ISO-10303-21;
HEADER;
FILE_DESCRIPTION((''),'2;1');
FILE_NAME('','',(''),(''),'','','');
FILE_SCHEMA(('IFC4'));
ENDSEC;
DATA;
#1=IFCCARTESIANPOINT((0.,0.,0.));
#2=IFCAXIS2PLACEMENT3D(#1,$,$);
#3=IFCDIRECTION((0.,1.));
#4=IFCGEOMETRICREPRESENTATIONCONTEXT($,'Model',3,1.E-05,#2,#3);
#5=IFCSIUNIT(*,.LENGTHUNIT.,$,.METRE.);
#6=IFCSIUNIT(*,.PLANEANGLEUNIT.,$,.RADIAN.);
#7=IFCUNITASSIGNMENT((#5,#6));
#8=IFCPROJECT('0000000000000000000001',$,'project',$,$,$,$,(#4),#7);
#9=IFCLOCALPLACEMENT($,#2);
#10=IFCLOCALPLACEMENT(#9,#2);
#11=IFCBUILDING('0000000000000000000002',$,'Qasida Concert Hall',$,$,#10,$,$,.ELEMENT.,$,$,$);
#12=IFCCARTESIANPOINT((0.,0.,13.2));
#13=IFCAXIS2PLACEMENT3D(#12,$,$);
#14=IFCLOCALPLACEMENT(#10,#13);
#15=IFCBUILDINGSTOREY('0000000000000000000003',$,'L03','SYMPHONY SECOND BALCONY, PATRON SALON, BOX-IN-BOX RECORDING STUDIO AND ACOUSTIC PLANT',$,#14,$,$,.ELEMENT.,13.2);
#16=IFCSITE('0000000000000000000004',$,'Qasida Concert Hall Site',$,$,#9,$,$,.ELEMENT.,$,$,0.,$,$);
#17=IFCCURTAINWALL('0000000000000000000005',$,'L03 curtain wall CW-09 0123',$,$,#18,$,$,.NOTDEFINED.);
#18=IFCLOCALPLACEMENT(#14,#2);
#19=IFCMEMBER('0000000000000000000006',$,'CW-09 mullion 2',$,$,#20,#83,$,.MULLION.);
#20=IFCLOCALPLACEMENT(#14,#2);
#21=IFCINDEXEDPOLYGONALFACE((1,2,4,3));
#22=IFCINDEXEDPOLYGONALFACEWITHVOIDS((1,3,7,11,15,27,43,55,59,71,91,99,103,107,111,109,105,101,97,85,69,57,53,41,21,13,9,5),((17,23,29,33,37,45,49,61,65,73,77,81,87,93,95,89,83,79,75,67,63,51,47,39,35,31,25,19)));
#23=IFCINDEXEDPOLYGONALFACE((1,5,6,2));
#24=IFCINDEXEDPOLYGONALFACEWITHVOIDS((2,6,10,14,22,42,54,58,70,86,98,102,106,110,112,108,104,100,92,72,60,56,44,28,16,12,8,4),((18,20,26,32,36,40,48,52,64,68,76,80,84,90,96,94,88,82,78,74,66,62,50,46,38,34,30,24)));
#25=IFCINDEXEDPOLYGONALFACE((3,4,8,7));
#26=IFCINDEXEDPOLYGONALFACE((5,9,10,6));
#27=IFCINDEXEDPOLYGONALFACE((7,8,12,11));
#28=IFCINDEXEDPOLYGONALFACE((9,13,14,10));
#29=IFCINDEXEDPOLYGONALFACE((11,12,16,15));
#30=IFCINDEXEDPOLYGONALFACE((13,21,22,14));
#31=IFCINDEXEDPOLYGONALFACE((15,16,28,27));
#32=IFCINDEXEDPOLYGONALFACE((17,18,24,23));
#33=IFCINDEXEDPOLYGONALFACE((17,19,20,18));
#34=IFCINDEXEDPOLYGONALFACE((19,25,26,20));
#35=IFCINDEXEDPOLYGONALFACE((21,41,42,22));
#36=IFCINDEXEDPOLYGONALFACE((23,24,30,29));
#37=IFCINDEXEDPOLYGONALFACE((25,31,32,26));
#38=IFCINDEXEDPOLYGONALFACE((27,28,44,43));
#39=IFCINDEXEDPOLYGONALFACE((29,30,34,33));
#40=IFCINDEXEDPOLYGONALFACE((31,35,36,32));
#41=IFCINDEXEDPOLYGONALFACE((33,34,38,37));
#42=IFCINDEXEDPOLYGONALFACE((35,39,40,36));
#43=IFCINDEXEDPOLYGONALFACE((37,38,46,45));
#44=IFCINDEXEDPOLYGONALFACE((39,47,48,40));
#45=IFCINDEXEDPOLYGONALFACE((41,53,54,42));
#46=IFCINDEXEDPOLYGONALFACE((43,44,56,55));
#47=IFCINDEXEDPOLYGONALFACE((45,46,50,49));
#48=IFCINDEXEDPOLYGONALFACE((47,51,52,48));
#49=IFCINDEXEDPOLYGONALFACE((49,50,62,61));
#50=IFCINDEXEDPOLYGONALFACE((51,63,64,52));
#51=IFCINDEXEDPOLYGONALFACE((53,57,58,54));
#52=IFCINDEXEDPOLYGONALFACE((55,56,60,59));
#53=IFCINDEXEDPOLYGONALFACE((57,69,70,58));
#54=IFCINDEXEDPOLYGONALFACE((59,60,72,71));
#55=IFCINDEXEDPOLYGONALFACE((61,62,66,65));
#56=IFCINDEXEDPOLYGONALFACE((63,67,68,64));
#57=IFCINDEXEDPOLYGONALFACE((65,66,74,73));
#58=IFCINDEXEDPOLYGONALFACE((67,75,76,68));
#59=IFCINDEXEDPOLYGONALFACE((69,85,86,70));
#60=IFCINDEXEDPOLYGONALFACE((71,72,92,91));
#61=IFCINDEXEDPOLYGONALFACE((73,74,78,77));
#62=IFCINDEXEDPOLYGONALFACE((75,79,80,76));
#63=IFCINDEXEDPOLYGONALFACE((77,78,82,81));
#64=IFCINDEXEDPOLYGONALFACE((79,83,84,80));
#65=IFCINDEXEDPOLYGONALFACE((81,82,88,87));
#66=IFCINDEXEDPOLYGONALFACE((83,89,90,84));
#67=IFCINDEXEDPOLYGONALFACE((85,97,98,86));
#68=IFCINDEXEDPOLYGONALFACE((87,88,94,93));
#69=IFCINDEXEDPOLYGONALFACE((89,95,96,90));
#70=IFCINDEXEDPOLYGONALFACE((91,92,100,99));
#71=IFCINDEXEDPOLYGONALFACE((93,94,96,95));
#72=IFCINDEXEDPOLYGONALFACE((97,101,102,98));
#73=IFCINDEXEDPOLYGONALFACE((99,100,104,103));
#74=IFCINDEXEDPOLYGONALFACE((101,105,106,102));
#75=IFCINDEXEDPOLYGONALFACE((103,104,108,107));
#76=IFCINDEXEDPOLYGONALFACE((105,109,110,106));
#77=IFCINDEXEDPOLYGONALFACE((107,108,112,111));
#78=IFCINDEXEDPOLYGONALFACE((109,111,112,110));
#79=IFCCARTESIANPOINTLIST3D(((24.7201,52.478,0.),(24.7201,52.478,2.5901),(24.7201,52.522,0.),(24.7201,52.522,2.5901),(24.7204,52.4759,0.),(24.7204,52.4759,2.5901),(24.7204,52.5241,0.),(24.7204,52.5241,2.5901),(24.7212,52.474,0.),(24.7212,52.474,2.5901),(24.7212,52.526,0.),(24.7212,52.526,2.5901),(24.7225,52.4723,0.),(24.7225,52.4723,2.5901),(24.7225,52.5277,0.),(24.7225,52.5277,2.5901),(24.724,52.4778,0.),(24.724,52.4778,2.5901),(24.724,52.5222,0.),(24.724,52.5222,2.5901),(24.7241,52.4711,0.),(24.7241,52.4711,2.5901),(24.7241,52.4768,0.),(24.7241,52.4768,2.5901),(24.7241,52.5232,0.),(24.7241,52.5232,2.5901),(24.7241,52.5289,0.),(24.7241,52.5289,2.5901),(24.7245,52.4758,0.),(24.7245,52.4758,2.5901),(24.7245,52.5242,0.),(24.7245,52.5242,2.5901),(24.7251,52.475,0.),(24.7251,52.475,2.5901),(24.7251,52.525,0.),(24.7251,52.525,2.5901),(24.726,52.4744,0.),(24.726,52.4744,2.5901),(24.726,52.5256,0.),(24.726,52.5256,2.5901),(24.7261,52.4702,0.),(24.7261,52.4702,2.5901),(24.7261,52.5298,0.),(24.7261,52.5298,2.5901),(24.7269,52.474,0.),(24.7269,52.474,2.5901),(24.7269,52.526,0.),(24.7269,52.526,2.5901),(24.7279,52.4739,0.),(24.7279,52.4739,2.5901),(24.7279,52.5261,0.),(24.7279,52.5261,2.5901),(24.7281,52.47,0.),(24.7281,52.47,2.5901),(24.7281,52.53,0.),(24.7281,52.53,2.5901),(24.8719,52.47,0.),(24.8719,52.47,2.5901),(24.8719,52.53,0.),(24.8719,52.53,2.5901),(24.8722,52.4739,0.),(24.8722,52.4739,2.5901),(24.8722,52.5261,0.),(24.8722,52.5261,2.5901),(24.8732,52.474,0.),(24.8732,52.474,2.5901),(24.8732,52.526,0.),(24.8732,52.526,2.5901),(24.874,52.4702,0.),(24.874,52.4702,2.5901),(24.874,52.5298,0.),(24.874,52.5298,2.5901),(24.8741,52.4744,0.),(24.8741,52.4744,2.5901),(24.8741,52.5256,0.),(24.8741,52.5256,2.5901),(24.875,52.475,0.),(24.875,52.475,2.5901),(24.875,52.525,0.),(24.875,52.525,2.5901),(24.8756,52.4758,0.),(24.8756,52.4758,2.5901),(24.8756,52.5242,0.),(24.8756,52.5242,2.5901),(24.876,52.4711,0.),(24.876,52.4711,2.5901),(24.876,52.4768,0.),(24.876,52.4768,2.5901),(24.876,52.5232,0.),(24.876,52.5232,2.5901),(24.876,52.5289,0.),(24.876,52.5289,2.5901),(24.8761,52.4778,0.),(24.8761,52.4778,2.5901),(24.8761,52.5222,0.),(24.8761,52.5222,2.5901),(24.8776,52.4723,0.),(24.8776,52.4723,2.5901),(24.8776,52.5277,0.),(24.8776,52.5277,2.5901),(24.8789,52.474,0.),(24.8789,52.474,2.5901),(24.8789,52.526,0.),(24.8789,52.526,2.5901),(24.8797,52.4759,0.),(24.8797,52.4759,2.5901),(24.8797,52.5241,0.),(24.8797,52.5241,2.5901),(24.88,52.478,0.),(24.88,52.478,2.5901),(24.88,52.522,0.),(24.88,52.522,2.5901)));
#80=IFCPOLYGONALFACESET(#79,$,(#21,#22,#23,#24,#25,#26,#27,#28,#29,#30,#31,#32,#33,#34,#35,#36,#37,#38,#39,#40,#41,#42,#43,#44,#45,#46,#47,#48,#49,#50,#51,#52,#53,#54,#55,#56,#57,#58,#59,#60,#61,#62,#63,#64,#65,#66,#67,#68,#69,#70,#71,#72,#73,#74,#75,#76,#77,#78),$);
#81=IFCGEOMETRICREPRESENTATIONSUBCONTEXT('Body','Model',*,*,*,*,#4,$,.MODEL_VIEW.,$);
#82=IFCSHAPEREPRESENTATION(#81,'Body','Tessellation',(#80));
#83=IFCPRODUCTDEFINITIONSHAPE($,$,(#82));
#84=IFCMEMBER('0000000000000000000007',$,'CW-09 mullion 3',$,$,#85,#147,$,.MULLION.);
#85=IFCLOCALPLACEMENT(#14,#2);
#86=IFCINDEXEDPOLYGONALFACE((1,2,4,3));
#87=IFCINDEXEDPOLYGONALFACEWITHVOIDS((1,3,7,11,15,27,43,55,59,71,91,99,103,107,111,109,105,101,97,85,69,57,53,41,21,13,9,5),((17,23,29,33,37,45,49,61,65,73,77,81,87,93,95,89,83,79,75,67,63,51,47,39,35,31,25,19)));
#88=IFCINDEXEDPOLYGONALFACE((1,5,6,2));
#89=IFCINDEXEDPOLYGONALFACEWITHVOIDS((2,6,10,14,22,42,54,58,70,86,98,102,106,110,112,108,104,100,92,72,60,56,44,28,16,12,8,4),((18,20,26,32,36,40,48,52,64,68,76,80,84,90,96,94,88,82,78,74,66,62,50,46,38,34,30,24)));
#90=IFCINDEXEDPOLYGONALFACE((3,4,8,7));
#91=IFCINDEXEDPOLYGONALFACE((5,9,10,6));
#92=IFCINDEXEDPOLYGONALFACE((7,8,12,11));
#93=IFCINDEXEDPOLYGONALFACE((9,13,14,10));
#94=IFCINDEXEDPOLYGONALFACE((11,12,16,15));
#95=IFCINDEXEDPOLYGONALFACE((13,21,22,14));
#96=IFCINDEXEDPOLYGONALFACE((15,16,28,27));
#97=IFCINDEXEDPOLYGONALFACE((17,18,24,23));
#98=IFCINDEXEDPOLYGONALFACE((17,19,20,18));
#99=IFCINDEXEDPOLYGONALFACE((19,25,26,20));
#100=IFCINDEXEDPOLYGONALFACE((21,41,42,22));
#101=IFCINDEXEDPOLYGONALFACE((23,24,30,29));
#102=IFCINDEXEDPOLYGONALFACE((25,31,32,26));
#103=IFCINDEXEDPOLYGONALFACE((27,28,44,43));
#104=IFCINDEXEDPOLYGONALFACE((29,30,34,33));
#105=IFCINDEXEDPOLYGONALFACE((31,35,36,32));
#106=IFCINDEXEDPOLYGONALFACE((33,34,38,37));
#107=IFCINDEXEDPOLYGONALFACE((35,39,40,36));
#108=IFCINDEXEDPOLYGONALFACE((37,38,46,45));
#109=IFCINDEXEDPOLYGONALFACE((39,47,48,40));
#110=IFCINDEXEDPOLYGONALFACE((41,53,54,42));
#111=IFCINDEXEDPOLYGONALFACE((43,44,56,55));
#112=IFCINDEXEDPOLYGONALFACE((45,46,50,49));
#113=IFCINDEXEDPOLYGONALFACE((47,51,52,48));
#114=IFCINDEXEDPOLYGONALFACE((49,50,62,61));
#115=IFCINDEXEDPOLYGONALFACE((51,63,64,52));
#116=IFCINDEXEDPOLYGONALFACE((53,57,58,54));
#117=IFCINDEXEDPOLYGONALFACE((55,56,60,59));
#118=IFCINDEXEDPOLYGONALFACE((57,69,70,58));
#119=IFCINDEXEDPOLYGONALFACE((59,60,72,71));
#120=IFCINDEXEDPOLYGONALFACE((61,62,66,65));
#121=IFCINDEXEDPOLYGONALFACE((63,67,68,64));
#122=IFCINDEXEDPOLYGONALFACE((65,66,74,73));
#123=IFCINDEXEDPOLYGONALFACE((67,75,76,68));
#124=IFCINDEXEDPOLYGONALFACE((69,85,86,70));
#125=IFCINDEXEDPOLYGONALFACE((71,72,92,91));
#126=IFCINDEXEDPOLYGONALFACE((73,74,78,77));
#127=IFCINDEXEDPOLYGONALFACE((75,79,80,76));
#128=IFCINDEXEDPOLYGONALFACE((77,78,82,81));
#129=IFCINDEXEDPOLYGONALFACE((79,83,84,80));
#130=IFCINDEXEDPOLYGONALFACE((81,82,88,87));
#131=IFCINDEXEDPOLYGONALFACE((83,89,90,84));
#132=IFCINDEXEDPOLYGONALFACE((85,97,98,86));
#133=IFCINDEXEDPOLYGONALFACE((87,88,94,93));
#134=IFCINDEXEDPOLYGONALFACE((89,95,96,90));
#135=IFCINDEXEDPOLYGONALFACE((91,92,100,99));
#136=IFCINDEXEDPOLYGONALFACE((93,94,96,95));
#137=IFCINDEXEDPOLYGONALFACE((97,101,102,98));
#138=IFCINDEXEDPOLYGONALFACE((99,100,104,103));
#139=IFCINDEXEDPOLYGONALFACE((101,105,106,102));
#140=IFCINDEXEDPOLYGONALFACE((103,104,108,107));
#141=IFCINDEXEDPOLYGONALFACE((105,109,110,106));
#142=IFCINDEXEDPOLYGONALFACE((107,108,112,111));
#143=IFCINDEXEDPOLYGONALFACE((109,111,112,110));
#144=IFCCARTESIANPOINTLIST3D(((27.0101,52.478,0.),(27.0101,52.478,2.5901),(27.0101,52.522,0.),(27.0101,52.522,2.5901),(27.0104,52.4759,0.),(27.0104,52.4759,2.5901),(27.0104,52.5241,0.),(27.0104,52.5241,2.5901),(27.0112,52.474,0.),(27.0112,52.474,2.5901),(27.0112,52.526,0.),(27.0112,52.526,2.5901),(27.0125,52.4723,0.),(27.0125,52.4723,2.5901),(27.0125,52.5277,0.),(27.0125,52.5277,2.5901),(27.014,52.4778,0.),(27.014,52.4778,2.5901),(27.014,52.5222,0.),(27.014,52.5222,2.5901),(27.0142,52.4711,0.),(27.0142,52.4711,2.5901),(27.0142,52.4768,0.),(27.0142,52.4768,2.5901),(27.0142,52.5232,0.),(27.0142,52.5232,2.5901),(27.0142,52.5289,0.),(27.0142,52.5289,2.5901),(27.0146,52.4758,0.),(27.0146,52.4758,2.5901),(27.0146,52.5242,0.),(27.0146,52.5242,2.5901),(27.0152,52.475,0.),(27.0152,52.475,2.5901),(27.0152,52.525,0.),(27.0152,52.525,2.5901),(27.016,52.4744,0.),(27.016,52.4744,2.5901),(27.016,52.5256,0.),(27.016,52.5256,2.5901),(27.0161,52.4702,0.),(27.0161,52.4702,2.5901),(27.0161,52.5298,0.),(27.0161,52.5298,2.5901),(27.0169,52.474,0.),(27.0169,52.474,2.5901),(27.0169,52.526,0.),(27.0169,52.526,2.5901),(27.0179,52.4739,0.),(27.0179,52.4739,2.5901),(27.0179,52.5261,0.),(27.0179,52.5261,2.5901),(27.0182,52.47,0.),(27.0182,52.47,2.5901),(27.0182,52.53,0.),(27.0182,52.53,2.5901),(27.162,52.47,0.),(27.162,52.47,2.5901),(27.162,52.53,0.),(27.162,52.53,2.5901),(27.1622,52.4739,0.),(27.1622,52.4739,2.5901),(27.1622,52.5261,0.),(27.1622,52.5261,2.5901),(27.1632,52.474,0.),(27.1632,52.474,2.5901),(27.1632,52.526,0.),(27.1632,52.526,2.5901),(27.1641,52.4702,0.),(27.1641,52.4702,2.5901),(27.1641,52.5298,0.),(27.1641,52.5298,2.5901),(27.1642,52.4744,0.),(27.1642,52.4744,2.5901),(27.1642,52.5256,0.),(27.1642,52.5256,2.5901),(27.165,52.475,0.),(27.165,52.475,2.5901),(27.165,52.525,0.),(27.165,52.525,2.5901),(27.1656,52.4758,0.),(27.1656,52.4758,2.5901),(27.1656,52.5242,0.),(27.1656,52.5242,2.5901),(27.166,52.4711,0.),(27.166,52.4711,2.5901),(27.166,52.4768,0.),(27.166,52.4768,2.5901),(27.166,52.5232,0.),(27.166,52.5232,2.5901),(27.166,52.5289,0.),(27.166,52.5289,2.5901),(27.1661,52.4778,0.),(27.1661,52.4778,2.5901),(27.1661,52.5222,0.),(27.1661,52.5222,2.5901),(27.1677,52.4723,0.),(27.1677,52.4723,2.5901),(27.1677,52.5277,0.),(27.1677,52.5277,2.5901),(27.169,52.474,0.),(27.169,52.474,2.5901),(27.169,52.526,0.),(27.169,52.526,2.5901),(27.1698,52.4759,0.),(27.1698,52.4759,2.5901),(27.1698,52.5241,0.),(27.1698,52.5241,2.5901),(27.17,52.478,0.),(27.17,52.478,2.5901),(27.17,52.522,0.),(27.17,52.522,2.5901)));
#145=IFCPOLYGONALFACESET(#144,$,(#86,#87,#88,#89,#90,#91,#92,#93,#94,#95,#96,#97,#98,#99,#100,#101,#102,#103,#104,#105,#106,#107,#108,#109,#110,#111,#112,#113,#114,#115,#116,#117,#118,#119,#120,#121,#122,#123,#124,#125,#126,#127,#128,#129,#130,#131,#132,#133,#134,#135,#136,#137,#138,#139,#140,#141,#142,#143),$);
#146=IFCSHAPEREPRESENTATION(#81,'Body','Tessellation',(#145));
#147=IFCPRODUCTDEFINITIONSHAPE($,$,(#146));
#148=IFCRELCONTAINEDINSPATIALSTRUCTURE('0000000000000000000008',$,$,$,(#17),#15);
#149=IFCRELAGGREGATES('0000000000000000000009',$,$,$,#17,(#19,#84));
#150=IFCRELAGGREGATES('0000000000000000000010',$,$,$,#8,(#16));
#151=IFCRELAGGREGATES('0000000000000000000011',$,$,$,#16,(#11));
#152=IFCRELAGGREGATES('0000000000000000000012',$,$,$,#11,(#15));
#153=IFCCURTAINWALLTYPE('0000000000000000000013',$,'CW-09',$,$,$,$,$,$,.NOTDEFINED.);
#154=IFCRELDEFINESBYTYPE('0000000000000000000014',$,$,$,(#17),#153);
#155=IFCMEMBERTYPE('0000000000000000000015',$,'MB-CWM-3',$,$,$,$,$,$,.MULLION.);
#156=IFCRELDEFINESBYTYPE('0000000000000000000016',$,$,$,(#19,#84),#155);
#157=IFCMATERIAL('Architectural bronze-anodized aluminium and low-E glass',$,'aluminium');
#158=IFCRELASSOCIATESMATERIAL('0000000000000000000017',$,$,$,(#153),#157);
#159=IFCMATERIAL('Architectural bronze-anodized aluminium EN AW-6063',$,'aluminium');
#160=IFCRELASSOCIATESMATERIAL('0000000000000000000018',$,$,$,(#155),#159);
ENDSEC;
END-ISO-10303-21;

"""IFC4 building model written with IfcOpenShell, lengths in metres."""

from ifc_helpers import new_model, si_unit, direction, frame, origin, origin_2d, place, context, subcontext, project, spatial, hollow_rectangle, extrude, material, material_profile, profile_set, type_object, element, aggregate, save


model = new_model("IFC4")

# Units and contexts
model_context = context("Model", 3, precision=1e-05, world=origin(), true_north=direction((0.0, 1.0)))
body_context = subcontext(model_context, "Body", "Model", "MODEL_VIEW")
ifc_project = project(units=[si_unit("LENGTHUNIT", "METRE"), si_unit("PLANEANGLEUNIT", "RADIAN")], contexts=[model_context])

# Site, building, storey
site_placement = place(None, origin())
site = spatial("IfcSite", under=ifc_project, at=site_placement, Name="Qasida Concert Hall Site", CompositionType="ELEMENT", RefElevation=0.0)
building_placement = place(site_placement, origin())
building = spatial("IfcBuilding", under=site, at=building_placement, Name="Qasida Concert Hall", CompositionType="ELEMENT")
storey_placement = place(building_placement, frame((0.0, 0.0, 13.2)))
storey = spatial("IfcBuildingStorey", under=building, at=storey_placement, Name="L03", Description="SYMPHONY SECOND BALCONY, PATRON SALON, BOX-IN-BOX RECORDING STUDIO AND ACOUSTIC PLANT", CompositionType="ELEMENT", Elevation=13.2)

# Shared definitions
ifc_material_1 = material(Name="Architectural bronze-anodized aluminium and low-E glass", Category="aluminium")
curtain_wall_type = type_object("IfcCurtainWallType", Name="CW-09", PredefinedType="NOTDEFINED", material=ifc_material_1)
ifc_material_2 = material(Name="Architectural bronze-anodized aluminium EN AW-6063", Category="aluminium")
ifc_material_profile_1 = material_profile(ifc_material_2, hollow_rectangle(XDim=0.0601, YDim=0.1599, WallThickness=0.0039, InnerFilletRadius=0.0039, OuterFilletRadius=0.0081, at=origin_2d()), Name="CWM 160x60x4")
ifc_profile_set_1 = profile_set([ifc_material_profile_1], Name="Architectural bronze-anodized aluminium EN AW-6063")
member_type_1 = type_object("IfcMemberType", Name="MB-CWM-3", PredefinedType="MULLION", material=ifc_profile_set_1)

# Curtain wall, members
curtain_wall_1_placement = place(storey_placement, origin())
curtain_wall_1 = element("IfcCurtainWall", 1, at=curtain_wall_1_placement, inside=storey, type_object=curtain_wall_type, Name="L03 curtain wall CW-09 0123", PredefinedType="NOTDEFINED")
member_1_placement = place(storey_placement, frame((24.8, 52.5, 0.0), z_axis=(0.0, 0.0, 1.0), x_axis=(0.0, 1.0, 0.0)))
member_1 = element("IfcMember", 2, at=member_1_placement, type_object=member_type_1, Name="CW-09 mullion 2", PredefinedType="MULLION", context=body_context, shape_type="SweptSolid", body=[
    extrude(hollow_rectangle(XDim=0.0601, YDim=0.1599, WallThickness=0.0039, InnerFilletRadius=0.0039, OuterFilletRadius=0.0081, at=origin_2d()), origin(), (0.0, 0.0, 1.0), 2.5901),
])
member_2_placement = place(storey_placement, frame((27.0901, 52.5, 0.0), z_axis=(0.0, 0.0, 1.0), x_axis=(0.0, 1.0, 0.0)))
member_2 = element("IfcMember", 3, at=member_2_placement, type_object=member_type_1, Name="CW-09 mullion 3", PredefinedType="MULLION", context=body_context, shape_type="SweptSolid", body=[
    extrude(hollow_rectangle(XDim=0.0601, YDim=0.1599, WallThickness=0.0039, InnerFilletRadius=0.0039, OuterFilletRadius=0.0081, at=origin_2d()), origin(), (0.0, 0.0, 1.0), 2.5901),
])

aggregate(curtain_wall_1, [member_1, member_2])

save(model, "model.ifc")
